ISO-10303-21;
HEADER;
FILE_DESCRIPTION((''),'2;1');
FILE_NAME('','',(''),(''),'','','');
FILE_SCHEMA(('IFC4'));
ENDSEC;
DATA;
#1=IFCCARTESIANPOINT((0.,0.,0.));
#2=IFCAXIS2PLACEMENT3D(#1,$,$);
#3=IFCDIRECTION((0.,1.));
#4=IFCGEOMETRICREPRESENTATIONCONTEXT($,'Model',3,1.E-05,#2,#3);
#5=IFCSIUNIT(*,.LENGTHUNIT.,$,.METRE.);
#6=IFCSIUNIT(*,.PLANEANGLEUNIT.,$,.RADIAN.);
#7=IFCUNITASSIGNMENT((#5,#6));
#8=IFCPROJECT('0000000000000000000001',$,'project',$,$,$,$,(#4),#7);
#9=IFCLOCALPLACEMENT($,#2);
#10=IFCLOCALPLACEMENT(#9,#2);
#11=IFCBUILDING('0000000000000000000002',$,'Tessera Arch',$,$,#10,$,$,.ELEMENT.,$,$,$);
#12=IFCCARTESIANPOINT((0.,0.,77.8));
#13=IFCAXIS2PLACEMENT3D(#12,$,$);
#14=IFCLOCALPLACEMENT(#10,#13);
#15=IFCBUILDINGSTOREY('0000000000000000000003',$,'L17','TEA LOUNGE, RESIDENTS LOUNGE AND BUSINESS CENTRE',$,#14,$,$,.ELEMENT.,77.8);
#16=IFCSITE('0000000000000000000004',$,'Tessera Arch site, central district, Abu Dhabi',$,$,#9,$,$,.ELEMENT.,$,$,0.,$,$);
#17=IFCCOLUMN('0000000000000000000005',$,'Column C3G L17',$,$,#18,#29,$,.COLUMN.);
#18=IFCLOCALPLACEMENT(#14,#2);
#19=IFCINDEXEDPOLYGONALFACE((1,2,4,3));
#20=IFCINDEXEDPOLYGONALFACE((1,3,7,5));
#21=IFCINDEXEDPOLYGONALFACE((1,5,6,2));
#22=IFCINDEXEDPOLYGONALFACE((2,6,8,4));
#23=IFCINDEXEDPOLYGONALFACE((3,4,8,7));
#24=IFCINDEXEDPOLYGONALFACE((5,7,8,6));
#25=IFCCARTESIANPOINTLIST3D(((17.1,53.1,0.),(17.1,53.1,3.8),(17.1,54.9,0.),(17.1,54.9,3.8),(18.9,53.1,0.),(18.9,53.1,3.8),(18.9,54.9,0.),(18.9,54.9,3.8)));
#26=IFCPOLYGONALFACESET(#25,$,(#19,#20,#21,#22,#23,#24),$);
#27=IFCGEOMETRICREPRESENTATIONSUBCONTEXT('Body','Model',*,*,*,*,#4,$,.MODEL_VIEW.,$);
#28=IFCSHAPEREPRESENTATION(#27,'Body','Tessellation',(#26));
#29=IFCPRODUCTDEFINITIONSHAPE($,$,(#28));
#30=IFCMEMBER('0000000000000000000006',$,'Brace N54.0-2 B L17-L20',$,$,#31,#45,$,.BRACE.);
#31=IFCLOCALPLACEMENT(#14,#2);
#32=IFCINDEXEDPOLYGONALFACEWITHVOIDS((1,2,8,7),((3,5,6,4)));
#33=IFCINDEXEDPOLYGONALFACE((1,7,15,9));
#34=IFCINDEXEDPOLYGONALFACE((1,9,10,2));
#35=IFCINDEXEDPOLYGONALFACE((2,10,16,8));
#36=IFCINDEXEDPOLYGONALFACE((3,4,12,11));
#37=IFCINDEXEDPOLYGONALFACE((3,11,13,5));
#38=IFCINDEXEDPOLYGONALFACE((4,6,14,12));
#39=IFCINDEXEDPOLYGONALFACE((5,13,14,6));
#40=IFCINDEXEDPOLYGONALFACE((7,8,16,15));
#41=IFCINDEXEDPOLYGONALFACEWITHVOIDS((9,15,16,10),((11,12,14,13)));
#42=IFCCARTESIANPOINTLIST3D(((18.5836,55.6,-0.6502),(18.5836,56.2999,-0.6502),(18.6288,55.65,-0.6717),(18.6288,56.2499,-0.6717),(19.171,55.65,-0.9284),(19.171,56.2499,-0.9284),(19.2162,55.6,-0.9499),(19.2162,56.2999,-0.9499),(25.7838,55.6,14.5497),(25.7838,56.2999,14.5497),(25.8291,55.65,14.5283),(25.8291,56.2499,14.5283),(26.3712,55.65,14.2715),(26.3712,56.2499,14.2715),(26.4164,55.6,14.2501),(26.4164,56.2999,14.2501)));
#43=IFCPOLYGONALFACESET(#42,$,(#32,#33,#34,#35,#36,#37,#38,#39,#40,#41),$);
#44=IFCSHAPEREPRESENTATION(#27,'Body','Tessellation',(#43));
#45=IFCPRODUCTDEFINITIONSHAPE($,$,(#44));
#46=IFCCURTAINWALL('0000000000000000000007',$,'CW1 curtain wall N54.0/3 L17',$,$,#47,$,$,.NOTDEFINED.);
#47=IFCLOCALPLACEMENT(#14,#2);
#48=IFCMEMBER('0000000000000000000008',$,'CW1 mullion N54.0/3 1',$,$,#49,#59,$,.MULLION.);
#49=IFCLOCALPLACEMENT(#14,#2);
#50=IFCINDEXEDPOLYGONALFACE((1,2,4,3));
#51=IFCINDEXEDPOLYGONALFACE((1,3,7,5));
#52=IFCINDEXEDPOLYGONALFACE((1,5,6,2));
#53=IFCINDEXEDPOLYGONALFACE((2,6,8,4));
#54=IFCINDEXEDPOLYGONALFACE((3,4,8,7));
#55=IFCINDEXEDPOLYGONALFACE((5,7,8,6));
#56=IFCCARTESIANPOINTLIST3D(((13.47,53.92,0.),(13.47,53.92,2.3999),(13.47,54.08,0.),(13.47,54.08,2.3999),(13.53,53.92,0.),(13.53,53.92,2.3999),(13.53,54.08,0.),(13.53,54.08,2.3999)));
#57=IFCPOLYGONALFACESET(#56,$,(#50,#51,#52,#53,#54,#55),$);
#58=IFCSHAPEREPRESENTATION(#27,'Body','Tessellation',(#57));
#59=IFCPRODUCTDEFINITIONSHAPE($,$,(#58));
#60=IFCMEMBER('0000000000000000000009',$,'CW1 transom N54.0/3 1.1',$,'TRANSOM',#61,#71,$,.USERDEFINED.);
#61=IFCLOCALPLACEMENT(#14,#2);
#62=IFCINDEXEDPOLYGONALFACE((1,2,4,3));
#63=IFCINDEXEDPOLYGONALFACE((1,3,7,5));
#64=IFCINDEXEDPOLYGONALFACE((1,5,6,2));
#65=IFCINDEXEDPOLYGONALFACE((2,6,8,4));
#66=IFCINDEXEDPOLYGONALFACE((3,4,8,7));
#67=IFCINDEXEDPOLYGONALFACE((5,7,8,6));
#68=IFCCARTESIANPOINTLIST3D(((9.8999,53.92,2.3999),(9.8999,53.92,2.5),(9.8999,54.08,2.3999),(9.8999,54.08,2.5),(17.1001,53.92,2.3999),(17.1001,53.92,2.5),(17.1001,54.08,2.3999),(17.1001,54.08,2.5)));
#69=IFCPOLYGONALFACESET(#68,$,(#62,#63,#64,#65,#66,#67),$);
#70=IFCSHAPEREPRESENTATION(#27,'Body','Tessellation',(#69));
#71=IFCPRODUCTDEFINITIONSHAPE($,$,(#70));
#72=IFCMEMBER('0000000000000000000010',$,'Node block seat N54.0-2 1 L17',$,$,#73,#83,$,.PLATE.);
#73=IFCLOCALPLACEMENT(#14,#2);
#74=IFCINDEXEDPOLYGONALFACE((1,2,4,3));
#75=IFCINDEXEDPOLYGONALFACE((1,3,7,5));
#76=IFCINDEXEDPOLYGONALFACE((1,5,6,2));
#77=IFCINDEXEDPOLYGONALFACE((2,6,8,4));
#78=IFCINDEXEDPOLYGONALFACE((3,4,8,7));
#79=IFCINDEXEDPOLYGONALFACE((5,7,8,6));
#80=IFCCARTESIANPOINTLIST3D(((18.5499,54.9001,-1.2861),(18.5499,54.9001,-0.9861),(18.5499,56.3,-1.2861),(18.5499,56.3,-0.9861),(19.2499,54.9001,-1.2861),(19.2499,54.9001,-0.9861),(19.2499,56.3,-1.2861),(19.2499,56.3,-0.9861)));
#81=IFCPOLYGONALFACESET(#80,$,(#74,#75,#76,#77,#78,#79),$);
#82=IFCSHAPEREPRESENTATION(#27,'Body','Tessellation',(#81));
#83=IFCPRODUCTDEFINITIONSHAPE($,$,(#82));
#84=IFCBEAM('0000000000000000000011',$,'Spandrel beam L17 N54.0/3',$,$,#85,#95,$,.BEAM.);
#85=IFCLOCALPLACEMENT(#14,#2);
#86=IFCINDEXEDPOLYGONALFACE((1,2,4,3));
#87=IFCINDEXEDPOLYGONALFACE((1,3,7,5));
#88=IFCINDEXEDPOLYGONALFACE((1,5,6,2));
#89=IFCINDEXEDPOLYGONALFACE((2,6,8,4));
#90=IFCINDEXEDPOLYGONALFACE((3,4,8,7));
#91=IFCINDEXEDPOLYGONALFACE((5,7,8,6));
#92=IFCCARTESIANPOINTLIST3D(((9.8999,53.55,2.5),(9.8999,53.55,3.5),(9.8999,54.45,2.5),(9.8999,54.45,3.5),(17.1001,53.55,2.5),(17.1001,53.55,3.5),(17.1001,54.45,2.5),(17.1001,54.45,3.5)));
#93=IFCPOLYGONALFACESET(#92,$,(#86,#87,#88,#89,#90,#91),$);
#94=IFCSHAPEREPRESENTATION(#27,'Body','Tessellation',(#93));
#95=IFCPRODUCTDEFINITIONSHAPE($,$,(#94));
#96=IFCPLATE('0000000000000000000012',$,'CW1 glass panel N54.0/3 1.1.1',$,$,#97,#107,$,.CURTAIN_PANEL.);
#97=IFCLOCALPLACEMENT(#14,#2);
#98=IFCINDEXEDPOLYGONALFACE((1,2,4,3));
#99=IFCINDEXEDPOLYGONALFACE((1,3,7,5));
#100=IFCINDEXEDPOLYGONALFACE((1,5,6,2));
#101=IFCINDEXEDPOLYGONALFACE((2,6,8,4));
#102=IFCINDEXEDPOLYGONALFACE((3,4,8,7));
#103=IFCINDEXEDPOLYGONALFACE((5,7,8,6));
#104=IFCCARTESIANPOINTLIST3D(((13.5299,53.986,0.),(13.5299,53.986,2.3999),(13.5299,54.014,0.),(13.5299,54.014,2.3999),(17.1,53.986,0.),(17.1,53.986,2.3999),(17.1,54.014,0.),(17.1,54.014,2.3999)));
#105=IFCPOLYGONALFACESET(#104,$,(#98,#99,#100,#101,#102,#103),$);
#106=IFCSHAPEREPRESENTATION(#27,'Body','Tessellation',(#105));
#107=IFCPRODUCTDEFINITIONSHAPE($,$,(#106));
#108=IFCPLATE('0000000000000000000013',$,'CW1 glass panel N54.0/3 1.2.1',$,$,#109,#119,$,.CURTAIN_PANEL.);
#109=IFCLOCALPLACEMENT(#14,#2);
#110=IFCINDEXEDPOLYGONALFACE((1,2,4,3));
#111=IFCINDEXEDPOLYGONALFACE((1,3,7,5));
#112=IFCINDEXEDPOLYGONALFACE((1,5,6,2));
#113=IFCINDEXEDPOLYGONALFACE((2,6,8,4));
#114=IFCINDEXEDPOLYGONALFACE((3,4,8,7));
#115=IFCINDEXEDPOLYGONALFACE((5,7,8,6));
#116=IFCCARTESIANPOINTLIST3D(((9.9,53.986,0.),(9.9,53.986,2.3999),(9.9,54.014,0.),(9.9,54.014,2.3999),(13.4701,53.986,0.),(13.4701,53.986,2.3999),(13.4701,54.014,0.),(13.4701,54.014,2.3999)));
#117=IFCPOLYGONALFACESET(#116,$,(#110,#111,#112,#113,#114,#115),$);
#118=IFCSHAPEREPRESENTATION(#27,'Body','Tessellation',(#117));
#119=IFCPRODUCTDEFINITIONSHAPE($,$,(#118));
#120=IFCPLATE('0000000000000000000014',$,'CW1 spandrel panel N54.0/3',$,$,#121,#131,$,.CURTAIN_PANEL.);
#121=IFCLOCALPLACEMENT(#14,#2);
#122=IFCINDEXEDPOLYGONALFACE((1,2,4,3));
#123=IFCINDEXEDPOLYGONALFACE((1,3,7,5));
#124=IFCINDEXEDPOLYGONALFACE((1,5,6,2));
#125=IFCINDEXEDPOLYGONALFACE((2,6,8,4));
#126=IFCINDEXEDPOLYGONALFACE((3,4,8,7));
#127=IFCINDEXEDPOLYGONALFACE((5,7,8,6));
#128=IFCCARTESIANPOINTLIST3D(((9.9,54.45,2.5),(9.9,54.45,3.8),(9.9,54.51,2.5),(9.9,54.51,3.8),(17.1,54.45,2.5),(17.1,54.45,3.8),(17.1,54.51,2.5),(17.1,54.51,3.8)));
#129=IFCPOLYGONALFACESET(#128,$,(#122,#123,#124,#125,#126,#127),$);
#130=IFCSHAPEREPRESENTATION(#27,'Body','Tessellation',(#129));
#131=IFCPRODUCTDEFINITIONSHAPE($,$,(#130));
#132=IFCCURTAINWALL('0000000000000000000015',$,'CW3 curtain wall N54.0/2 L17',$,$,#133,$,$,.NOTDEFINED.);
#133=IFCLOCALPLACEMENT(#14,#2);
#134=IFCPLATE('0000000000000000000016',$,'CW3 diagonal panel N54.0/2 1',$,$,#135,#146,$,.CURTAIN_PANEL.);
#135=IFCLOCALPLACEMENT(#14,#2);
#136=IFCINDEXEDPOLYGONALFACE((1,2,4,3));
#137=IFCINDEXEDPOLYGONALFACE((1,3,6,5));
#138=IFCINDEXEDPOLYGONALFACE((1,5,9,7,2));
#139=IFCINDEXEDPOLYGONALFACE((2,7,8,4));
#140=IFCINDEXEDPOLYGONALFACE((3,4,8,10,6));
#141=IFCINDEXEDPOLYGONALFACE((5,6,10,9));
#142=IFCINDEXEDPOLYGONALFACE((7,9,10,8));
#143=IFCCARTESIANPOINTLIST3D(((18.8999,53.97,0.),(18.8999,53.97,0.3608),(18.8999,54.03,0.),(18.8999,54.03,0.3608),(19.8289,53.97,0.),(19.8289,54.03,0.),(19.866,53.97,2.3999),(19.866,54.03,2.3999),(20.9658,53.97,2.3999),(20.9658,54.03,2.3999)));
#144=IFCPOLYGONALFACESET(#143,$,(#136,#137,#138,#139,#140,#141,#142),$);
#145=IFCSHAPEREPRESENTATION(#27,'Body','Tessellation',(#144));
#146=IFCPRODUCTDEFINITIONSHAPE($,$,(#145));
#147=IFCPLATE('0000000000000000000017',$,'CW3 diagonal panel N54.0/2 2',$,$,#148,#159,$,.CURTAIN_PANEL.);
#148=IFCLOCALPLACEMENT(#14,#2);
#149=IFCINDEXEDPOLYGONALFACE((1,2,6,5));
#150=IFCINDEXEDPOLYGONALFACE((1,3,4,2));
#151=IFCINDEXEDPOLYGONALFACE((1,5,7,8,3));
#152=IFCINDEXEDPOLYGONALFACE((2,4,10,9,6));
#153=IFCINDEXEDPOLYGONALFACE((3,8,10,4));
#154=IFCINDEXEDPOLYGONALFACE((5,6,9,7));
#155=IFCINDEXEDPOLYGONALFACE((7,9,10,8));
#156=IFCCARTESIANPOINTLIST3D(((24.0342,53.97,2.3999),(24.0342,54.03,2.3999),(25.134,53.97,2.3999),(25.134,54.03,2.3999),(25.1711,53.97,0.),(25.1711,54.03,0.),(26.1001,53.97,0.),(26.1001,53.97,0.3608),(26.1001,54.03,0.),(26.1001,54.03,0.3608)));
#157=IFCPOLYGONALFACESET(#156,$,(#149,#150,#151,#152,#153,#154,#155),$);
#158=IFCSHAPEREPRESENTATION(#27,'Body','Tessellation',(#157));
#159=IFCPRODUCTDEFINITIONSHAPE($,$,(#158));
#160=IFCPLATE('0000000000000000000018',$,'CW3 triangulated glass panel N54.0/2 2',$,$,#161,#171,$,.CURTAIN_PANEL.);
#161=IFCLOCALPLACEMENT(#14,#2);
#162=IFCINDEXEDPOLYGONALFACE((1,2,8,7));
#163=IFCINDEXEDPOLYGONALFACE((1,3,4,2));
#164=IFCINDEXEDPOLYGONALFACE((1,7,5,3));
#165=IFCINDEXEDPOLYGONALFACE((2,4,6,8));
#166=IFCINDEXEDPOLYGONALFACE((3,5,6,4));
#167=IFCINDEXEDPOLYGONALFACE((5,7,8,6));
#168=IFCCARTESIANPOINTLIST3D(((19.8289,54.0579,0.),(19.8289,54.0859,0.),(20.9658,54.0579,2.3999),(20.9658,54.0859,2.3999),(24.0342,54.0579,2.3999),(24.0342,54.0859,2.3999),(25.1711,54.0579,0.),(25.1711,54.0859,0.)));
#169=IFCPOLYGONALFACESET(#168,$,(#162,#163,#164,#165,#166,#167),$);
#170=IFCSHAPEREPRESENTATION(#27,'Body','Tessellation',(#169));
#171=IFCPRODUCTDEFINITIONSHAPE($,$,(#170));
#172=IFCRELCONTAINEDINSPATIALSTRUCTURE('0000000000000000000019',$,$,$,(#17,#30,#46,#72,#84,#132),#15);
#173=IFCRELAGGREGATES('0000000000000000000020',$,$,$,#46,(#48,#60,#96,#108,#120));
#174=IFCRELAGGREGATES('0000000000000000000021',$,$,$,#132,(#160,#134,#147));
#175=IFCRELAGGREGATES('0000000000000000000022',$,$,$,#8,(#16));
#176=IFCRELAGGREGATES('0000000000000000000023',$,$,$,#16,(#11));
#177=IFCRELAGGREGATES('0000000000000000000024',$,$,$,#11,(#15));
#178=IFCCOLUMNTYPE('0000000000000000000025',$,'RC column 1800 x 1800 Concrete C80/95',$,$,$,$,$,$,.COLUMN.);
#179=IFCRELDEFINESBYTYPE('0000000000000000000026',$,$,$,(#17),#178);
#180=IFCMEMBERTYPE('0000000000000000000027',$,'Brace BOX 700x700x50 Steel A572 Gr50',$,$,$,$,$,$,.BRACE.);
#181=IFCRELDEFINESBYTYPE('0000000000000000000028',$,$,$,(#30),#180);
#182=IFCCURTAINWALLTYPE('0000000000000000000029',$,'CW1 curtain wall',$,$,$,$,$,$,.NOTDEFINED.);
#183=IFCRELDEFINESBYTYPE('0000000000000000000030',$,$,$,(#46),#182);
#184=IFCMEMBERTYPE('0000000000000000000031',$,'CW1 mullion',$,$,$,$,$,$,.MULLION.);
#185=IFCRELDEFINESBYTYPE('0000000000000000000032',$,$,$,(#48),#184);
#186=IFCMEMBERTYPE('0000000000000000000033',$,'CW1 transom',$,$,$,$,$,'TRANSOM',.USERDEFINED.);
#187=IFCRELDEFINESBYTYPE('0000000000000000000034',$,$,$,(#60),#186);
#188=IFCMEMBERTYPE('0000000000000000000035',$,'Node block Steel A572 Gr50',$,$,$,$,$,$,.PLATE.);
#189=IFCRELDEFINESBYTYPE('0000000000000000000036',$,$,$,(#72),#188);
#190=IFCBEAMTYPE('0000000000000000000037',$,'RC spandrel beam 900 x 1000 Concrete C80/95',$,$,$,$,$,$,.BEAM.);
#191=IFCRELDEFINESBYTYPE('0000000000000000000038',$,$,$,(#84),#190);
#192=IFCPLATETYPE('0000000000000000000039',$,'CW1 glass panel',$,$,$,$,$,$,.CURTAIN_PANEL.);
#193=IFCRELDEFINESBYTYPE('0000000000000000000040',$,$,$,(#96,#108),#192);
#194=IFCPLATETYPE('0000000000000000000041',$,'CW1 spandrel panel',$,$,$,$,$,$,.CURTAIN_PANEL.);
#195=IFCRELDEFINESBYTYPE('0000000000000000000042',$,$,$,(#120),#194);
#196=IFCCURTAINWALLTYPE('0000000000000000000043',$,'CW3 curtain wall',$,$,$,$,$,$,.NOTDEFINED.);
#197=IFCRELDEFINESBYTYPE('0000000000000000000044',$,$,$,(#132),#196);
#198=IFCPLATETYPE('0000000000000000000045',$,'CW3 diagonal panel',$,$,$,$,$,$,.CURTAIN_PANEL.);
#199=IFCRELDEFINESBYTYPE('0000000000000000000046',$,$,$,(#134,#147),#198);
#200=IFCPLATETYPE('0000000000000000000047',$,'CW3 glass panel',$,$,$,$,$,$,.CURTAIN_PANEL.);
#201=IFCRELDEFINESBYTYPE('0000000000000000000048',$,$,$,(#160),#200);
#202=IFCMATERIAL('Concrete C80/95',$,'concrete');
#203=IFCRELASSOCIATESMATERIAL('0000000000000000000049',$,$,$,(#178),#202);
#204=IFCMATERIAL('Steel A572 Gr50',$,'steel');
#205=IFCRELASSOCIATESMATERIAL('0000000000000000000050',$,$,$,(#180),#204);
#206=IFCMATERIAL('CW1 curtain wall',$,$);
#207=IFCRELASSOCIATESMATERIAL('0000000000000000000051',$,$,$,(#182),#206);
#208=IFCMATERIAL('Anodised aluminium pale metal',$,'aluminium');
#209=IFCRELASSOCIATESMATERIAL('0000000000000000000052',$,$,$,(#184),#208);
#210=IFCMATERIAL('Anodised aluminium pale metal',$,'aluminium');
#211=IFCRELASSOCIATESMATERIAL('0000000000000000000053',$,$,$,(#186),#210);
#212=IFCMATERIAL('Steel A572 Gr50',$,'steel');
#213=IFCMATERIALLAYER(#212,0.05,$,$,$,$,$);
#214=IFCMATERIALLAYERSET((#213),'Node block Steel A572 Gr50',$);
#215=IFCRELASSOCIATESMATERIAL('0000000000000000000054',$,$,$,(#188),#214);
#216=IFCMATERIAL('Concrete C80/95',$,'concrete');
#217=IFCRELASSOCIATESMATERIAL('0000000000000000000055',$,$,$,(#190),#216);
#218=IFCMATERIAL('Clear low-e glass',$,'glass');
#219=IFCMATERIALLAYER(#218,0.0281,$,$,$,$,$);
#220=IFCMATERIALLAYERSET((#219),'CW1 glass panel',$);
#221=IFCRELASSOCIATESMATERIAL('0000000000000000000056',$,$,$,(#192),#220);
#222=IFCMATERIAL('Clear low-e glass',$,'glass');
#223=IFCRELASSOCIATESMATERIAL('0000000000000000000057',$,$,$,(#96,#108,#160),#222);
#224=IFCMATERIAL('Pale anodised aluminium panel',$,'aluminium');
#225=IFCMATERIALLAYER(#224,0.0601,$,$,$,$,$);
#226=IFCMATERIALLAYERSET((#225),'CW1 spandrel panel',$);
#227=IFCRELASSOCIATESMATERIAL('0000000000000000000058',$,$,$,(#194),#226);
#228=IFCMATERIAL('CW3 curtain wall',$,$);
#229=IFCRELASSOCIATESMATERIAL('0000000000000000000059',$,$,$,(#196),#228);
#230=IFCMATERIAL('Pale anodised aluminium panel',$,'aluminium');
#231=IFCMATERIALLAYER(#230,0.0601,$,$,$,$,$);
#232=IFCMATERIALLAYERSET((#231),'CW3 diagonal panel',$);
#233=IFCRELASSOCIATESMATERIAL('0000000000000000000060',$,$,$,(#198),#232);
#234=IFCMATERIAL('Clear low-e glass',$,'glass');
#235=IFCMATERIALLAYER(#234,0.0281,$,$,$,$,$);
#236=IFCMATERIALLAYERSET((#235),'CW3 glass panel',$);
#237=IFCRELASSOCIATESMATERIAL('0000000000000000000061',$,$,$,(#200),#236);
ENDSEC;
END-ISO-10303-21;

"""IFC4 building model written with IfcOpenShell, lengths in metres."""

from ifc_helpers import new_model, si_unit, direction, frame, origin, origin_2d, place, context, subcontext, project, spatial, polyline, rectangle, hollow_rectangle, outline, extrude, material, layer, layer_set, material_profile, profile_set, type_object, element, aggregate, save


model = new_model("IFC4")

# Units and contexts
model_context = context("Model", 3, precision=1e-05, world=origin(), true_north=direction((0.0, 1.0)))
body_context = subcontext(model_context, "Body", "Model", "MODEL_VIEW")
ifc_project = project(units=[si_unit("LENGTHUNIT", "METRE"), si_unit("PLANEANGLEUNIT", "RADIAN")], contexts=[model_context])

# Site, building, storey
site_placement = place(None, origin())
site = spatial("IfcSite", under=ifc_project, at=site_placement, Name="Tessera Arch site, central district, Abu Dhabi", CompositionType="ELEMENT", RefElevation=0.0)
building_placement = place(site_placement, origin())
building = spatial("IfcBuilding", under=site, at=building_placement, Name="Tessera Arch", CompositionType="ELEMENT")
storey_placement = place(building_placement, frame((0.0, 0.0, 77.8)))
storey = spatial("IfcBuildingStorey", under=building, at=storey_placement, Name="L17", Description="TEA LOUNGE, RESIDENTS LOUNGE AND BUSINESS CENTRE", CompositionType="ELEMENT", Elevation=77.8)

# Column
ifc_material_1 = material(Name="Concrete C80/95", Category="concrete")
ifc_material_profile_1 = material_profile(ifc_material_1, rectangle(XDim=1.8, YDim=1.8, at=origin_2d()), Name="RC column 1800 x 1800 Concrete C80/95")
ifc_profile_set_1 = profile_set([ifc_material_profile_1], Name="Concrete C80/95")
column_type = type_object("IfcColumnType", Name="RC column 1800 x 1800 Concrete C80/95", PredefinedType="COLUMN", material=ifc_profile_set_1)
column_placement = place(storey_placement, frame((18.0, 54.0, 0.0), z_axis=(0.0, 0.0, 1.0), x_axis=(1.0, 0.0, 0.0)))
element("IfcColumn", 1, at=column_placement, inside=storey, type_object=column_type, Name="Column C3G L17", PredefinedType="COLUMN", context=body_context, shape_type="SweptSolid", body=[
    extrude(rectangle(XDim=1.8, YDim=1.8, at=origin_2d()), origin(), (0.0, 0.0, 1.0), 3.8),
])

# Member
ifc_material_2 = material(Name="Steel A572 Gr50", Category="steel")
ifc_material_profile_2 = material_profile(ifc_material_2, hollow_rectangle(XDim=0.7, YDim=0.7, WallThickness=0.05, at=origin_2d()), Name="BOX 700x700x50")
ifc_profile_set_2 = profile_set([ifc_material_profile_2], Name="Steel A572 Gr50")
member_type_1 = type_object("IfcMemberType", Name="Brace BOX 700x700x50 Steel A572 Gr50", PredefinedType="BRACE", material=ifc_profile_set_2)
member_1_placement = place(storey_placement, frame((18.8999, 55.95, -0.8), z_axis=(0.428097, 0.0, 0.903733), x_axis=(0.0, 1.0, 0.0)))
element("IfcMember", 2, at=member_1_placement, inside=storey, type_object=member_type_1, Name="Brace N54.0-2 B L17-L20", PredefinedType="BRACE", context=body_context, shape_type="SweptSolid", body=[
    extrude(hollow_rectangle(XDim=0.7, YDim=0.7, WallThickness=0.05, at=origin_2d()), origin(), (0.0, 0.0, 1.0), 16.8191),
])

# Curtain wall, members
ifc_material_3 = material(Name="CW1 curtain wall")
curtain_wall_type_1 = type_object("IfcCurtainWallType", Name="CW1 curtain wall", PredefinedType="NOTDEFINED", material=ifc_material_3)
curtain_wall_1_placement = place(storey_placement, origin())
curtain_wall_1 = element("IfcCurtainWall", 3, at=curtain_wall_1_placement, inside=storey, type_object=curtain_wall_type_1, Name="CW1 curtain wall N54.0/3 L17", PredefinedType="NOTDEFINED")
ifc_material_4 = material(Name="Anodised aluminium pale metal", Category="aluminium")
ifc_material_profile_3 = material_profile(ifc_material_4, rectangle(XDim=0.1599, YDim=0.0601, at=origin_2d()), Name="AL 60x160")
ifc_profile_set_3 = profile_set([ifc_material_profile_3], Name="Anodised aluminium pale metal")
member_type_2 = type_object("IfcMemberType", Name="CW1 mullion", PredefinedType="MULLION", material=ifc_profile_set_3)
member_2_placement = place(storey_placement, frame((13.5, 54.0, 0.0), z_axis=(0.0, 0.0, 1.0), x_axis=(0.0, -1.0, 0.0)))
member_2 = element("IfcMember", 4, at=member_2_placement, type_object=member_type_2, Name="CW1 mullion N54.0/3 1", PredefinedType="MULLION", context=body_context, shape_type="SweptSolid", body=[
    extrude(rectangle(XDim=0.1599, YDim=0.0601, at=origin_2d()), origin(), (0.0, 0.0, 1.0), 2.3999),
])
ifc_material_5 = material(Name="Anodised aluminium pale metal", Category="aluminium")
ifc_material_profile_4 = material_profile(ifc_material_5, rectangle(XDim=0.1599, YDim=0.1001, at=origin_2d()), Name="AL 160x100")
ifc_profile_set_4 = profile_set([ifc_material_profile_4], Name="Anodised aluminium pale metal")
member_type_3 = type_object("IfcMemberType", Name="CW1 transom", ElementType="TRANSOM", PredefinedType="USERDEFINED", material=ifc_profile_set_4)
member_3_placement = place(storey_placement, frame((17.1001, 54.0, 2.45), z_axis=(-1.0, 0.0, 0.0), x_axis=(0.0, -1.0, 0.0)))
member_3 = element("IfcMember", 5, at=member_3_placement, type_object=member_type_3, Name="CW1 transom N54.0/3 1.1", ObjectType="TRANSOM", PredefinedType="USERDEFINED", context=body_context, shape_type="SweptSolid", body=[
    extrude(rectangle(XDim=0.1599, YDim=0.1001, at=origin_2d()), origin(), (0.0, 0.0, 1.0), 7.2002),
])

# Member
ifc_material_6 = material(Name="Steel A572 Gr50", Category="steel")
ifc_layer_1 = layer(ifc_material_6, 0.05)
ifc_layer_set_1 = layer_set([ifc_layer_1], Name="Node block Steel A572 Gr50")
member_type_4 = type_object("IfcMemberType", Name="Node block Steel A572 Gr50", PredefinedType="PLATE", material=ifc_layer_set_1)
member_4_placement = place(storey_placement, frame((18.8999, 55.6001, -1.2861), z_axis=(0.0, 0.0, 1.0), x_axis=(-1.0, 0.0, 0.0)))
element("IfcMember", 6, at=member_4_placement, inside=storey, type_object=member_type_4, Name="Node block seat N54.0-2 1 L17", PredefinedType="PLATE", context=body_context, shape_type="SweptSolid", body=[
    extrude(rectangle(XDim=0.7, YDim=1.3999, at=origin_2d()), origin(), (0.0, 0.0, 1.0), 0.3),
])

# Beam
ifc_material_7 = material(Name="Concrete C80/95", Category="concrete")
ifc_material_profile_5 = material_profile(ifc_material_7, rectangle(XDim=0.8999, YDim=1.0, at=origin_2d()), Name="RC spandrel beam 900 x 1000 Concrete C80/95")
ifc_profile_set_5 = profile_set([ifc_material_profile_5], Name="Concrete C80/95")
beam_type = type_object("IfcBeamType", Name="RC spandrel beam 900 x 1000 Concrete C80/95", PredefinedType="BEAM", material=ifc_profile_set_5)
beam_placement = place(storey_placement, frame((17.1001, 54.0, 3.0), z_axis=(-1.0, 0.0, 0.0), x_axis=(0.0, -1.0, 0.0)))
element("IfcBeam", 7, at=beam_placement, inside=storey, type_object=beam_type, Name="Spandrel beam L17 N54.0/3", PredefinedType="BEAM", context=body_context, shape_type="SweptSolid", body=[
    extrude(rectangle(XDim=0.8999, YDim=1.0, at=origin_2d()), origin(), (0.0, 0.0, 1.0), 7.2002),
])

# Plates
ifc_material_8 = material(Name="Clear low-e glass", Category="glass")
ifc_material_9 = material(Name="Clear low-e glass", Category="glass")
ifc_layer_2 = layer(ifc_material_9, 0.0281)
ifc_layer_set_2 = layer_set([ifc_layer_2], Name="CW1 glass panel")
plate_type_1 = type_object("IfcPlateType", Name="CW1 glass panel", PredefinedType="CURTAIN_PANEL", material=ifc_layer_set_2)
plate_1_placement = place(storey_placement, frame((15.3149, 54.0, 0.0), z_axis=(0.0, 0.0, 1.0), x_axis=(-1.0, 0.0, 0.0)))
plate_1 = element("IfcPlate", 8, at=plate_1_placement, type_object=plate_type_1, material=ifc_material_8, Name="CW1 glass panel N54.0/3 1.1.1", PredefinedType="CURTAIN_PANEL", context=body_context, shape_type="SweptSolid", body=[
    extrude(rectangle(XDim=3.5701, YDim=0.0281, at=origin_2d()), origin(), (0.0, 0.0, 1.0), 2.3999),
])
plate_2_placement = place(storey_placement, frame((11.6851, 54.0, 0.0), z_axis=(0.0, 0.0, 1.0), x_axis=(-1.0, 0.0, 0.0)))
plate_2 = element("IfcPlate", 9, at=plate_2_placement, type_object=plate_type_1, material=ifc_material_8, Name="CW1 glass panel N54.0/3 1.2.1", PredefinedType="CURTAIN_PANEL", context=body_context, shape_type="SweptSolid", body=[
    extrude(rectangle(XDim=3.5701, YDim=0.0281, at=origin_2d()), origin(), (0.0, 0.0, 1.0), 2.3999),
])
ifc_material_10 = material(Name="Pale anodised aluminium panel", Category="aluminium")
ifc_layer_3 = layer(ifc_material_10, 0.0601)
ifc_layer_set_3 = layer_set([ifc_layer_3], Name="CW1 spandrel panel")
plate_type_2 = type_object("IfcPlateType", Name="CW1 spandrel panel", PredefinedType="CURTAIN_PANEL", material=ifc_layer_set_3)
plate_3_placement = place(storey_placement, frame((13.5, 54.48, 2.5), z_axis=(0.0, 0.0, 1.0), x_axis=(-1.0, 0.0, 0.0)))
plate_3 = element("IfcPlate", 10, at=plate_3_placement, type_object=plate_type_2, Name="CW1 spandrel panel N54.0/3", PredefinedType="CURTAIN_PANEL", context=body_context, shape_type="SweptSolid", body=[
    extrude(rectangle(XDim=7.2, YDim=0.0601, at=origin_2d()), origin(), (0.0, 0.0, 1.0), 1.3),
])
aggregate(curtain_wall_1, [member_2, member_3, plate_1, plate_2, plate_3])

# Curtain wall, plates
ifc_material_11 = material(Name="CW3 curtain wall")
curtain_wall_type_2 = type_object("IfcCurtainWallType", Name="CW3 curtain wall", PredefinedType="NOTDEFINED", material=ifc_material_11)
curtain_wall_2_placement = place(storey_placement, origin())
curtain_wall_2 = element("IfcCurtainWall", 11, at=curtain_wall_2_placement, inside=storey, type_object=curtain_wall_type_2, Name="CW3 curtain wall N54.0/2 L17", PredefinedType="NOTDEFINED")
ifc_material_12 = material(Name="Pale anodised aluminium panel", Category="aluminium")
ifc_layer_4 = layer(ifc_material_12, 0.0601)
ifc_layer_set_4 = layer_set([ifc_layer_4], Name="CW3 diagonal panel")
plate_type_3 = type_object("IfcPlateType", Name="CW3 diagonal panel", PredefinedType="CURTAIN_PANEL", material=ifc_layer_set_4)
plate_4_placement = place(storey_placement, frame((18.8999, 54.03, 0.0), z_axis=(0.0, 1.0, 0.0), x_axis=(0.0, 0.0, 1.0)))
plate_4 = element("IfcPlate", 12, at=plate_4_placement, type_object=plate_type_3, Name="CW3 diagonal panel N54.0/2 1", PredefinedType="CURTAIN_PANEL", context=body_context, shape_type="SweptSolid", body=[
    extrude(outline(polyline([(0.0, 0.0), (0.3608, 0.0), (2.3999, 0.9661), (2.3999, 2.0659), (0.0, 0.929), (0.0, 0.0)])), origin(), (0.0, 0.0, -1.0), 0.0601),
])
plate_5_placement = place(storey_placement, frame((24.0342, 54.03, 2.3999), z_axis=(0.0, 1.0, 0.0), x_axis=(1.0, 0.0, 0.0)))
plate_5 = element("IfcPlate", 13, at=plate_5_placement, type_object=plate_type_3, Name="CW3 diagonal panel N54.0/2 2", PredefinedType="CURTAIN_PANEL", context=body_context, shape_type="SweptSolid", body=[
    extrude(outline(polyline([(0.0, 0.0), (1.0999, 0.0), (2.0659, 2.0391), (2.0659, 2.3999), (1.137, 2.3999), (0.0, 0.0)])), origin(), (0.0, 0.0, -1.0), 0.0601),
])
ifc_material_13 = material(Name="Clear low-e glass", Category="glass")
ifc_layer_5 = layer(ifc_material_13, 0.0281)
ifc_layer_set_5 = layer_set([ifc_layer_5], Name="CW3 glass panel")
plate_type_4 = type_object("IfcPlateType", Name="CW3 glass panel", PredefinedType="CURTAIN_PANEL", material=ifc_layer_set_5)
plate_6_placement = place(storey_placement, frame((20.9658, 54.0859, 2.3999), z_axis=(0.0, 1.0, 0.0), x_axis=(1.0, 0.0, 0.0)))
plate_6 = element("IfcPlate", 14, at=plate_6_placement, type_object=plate_type_4, material=ifc_material_8, Name="CW3 triangulated glass panel N54.0/2 2", PredefinedType="CURTAIN_PANEL", context=body_context, shape_type="SweptSolid", body=[
    extrude(outline(polyline([(0.0, 0.0), (3.0684, 0.0), (4.2053, 2.3999), (-1.137, 2.3999), (0.0, 0.0)])), origin(), (0.0, 0.0, -1.0), 0.0281),
])
aggregate(curtain_wall_2, [plate_6, plate_4, plate_5])

save(model, "model.ifc")
